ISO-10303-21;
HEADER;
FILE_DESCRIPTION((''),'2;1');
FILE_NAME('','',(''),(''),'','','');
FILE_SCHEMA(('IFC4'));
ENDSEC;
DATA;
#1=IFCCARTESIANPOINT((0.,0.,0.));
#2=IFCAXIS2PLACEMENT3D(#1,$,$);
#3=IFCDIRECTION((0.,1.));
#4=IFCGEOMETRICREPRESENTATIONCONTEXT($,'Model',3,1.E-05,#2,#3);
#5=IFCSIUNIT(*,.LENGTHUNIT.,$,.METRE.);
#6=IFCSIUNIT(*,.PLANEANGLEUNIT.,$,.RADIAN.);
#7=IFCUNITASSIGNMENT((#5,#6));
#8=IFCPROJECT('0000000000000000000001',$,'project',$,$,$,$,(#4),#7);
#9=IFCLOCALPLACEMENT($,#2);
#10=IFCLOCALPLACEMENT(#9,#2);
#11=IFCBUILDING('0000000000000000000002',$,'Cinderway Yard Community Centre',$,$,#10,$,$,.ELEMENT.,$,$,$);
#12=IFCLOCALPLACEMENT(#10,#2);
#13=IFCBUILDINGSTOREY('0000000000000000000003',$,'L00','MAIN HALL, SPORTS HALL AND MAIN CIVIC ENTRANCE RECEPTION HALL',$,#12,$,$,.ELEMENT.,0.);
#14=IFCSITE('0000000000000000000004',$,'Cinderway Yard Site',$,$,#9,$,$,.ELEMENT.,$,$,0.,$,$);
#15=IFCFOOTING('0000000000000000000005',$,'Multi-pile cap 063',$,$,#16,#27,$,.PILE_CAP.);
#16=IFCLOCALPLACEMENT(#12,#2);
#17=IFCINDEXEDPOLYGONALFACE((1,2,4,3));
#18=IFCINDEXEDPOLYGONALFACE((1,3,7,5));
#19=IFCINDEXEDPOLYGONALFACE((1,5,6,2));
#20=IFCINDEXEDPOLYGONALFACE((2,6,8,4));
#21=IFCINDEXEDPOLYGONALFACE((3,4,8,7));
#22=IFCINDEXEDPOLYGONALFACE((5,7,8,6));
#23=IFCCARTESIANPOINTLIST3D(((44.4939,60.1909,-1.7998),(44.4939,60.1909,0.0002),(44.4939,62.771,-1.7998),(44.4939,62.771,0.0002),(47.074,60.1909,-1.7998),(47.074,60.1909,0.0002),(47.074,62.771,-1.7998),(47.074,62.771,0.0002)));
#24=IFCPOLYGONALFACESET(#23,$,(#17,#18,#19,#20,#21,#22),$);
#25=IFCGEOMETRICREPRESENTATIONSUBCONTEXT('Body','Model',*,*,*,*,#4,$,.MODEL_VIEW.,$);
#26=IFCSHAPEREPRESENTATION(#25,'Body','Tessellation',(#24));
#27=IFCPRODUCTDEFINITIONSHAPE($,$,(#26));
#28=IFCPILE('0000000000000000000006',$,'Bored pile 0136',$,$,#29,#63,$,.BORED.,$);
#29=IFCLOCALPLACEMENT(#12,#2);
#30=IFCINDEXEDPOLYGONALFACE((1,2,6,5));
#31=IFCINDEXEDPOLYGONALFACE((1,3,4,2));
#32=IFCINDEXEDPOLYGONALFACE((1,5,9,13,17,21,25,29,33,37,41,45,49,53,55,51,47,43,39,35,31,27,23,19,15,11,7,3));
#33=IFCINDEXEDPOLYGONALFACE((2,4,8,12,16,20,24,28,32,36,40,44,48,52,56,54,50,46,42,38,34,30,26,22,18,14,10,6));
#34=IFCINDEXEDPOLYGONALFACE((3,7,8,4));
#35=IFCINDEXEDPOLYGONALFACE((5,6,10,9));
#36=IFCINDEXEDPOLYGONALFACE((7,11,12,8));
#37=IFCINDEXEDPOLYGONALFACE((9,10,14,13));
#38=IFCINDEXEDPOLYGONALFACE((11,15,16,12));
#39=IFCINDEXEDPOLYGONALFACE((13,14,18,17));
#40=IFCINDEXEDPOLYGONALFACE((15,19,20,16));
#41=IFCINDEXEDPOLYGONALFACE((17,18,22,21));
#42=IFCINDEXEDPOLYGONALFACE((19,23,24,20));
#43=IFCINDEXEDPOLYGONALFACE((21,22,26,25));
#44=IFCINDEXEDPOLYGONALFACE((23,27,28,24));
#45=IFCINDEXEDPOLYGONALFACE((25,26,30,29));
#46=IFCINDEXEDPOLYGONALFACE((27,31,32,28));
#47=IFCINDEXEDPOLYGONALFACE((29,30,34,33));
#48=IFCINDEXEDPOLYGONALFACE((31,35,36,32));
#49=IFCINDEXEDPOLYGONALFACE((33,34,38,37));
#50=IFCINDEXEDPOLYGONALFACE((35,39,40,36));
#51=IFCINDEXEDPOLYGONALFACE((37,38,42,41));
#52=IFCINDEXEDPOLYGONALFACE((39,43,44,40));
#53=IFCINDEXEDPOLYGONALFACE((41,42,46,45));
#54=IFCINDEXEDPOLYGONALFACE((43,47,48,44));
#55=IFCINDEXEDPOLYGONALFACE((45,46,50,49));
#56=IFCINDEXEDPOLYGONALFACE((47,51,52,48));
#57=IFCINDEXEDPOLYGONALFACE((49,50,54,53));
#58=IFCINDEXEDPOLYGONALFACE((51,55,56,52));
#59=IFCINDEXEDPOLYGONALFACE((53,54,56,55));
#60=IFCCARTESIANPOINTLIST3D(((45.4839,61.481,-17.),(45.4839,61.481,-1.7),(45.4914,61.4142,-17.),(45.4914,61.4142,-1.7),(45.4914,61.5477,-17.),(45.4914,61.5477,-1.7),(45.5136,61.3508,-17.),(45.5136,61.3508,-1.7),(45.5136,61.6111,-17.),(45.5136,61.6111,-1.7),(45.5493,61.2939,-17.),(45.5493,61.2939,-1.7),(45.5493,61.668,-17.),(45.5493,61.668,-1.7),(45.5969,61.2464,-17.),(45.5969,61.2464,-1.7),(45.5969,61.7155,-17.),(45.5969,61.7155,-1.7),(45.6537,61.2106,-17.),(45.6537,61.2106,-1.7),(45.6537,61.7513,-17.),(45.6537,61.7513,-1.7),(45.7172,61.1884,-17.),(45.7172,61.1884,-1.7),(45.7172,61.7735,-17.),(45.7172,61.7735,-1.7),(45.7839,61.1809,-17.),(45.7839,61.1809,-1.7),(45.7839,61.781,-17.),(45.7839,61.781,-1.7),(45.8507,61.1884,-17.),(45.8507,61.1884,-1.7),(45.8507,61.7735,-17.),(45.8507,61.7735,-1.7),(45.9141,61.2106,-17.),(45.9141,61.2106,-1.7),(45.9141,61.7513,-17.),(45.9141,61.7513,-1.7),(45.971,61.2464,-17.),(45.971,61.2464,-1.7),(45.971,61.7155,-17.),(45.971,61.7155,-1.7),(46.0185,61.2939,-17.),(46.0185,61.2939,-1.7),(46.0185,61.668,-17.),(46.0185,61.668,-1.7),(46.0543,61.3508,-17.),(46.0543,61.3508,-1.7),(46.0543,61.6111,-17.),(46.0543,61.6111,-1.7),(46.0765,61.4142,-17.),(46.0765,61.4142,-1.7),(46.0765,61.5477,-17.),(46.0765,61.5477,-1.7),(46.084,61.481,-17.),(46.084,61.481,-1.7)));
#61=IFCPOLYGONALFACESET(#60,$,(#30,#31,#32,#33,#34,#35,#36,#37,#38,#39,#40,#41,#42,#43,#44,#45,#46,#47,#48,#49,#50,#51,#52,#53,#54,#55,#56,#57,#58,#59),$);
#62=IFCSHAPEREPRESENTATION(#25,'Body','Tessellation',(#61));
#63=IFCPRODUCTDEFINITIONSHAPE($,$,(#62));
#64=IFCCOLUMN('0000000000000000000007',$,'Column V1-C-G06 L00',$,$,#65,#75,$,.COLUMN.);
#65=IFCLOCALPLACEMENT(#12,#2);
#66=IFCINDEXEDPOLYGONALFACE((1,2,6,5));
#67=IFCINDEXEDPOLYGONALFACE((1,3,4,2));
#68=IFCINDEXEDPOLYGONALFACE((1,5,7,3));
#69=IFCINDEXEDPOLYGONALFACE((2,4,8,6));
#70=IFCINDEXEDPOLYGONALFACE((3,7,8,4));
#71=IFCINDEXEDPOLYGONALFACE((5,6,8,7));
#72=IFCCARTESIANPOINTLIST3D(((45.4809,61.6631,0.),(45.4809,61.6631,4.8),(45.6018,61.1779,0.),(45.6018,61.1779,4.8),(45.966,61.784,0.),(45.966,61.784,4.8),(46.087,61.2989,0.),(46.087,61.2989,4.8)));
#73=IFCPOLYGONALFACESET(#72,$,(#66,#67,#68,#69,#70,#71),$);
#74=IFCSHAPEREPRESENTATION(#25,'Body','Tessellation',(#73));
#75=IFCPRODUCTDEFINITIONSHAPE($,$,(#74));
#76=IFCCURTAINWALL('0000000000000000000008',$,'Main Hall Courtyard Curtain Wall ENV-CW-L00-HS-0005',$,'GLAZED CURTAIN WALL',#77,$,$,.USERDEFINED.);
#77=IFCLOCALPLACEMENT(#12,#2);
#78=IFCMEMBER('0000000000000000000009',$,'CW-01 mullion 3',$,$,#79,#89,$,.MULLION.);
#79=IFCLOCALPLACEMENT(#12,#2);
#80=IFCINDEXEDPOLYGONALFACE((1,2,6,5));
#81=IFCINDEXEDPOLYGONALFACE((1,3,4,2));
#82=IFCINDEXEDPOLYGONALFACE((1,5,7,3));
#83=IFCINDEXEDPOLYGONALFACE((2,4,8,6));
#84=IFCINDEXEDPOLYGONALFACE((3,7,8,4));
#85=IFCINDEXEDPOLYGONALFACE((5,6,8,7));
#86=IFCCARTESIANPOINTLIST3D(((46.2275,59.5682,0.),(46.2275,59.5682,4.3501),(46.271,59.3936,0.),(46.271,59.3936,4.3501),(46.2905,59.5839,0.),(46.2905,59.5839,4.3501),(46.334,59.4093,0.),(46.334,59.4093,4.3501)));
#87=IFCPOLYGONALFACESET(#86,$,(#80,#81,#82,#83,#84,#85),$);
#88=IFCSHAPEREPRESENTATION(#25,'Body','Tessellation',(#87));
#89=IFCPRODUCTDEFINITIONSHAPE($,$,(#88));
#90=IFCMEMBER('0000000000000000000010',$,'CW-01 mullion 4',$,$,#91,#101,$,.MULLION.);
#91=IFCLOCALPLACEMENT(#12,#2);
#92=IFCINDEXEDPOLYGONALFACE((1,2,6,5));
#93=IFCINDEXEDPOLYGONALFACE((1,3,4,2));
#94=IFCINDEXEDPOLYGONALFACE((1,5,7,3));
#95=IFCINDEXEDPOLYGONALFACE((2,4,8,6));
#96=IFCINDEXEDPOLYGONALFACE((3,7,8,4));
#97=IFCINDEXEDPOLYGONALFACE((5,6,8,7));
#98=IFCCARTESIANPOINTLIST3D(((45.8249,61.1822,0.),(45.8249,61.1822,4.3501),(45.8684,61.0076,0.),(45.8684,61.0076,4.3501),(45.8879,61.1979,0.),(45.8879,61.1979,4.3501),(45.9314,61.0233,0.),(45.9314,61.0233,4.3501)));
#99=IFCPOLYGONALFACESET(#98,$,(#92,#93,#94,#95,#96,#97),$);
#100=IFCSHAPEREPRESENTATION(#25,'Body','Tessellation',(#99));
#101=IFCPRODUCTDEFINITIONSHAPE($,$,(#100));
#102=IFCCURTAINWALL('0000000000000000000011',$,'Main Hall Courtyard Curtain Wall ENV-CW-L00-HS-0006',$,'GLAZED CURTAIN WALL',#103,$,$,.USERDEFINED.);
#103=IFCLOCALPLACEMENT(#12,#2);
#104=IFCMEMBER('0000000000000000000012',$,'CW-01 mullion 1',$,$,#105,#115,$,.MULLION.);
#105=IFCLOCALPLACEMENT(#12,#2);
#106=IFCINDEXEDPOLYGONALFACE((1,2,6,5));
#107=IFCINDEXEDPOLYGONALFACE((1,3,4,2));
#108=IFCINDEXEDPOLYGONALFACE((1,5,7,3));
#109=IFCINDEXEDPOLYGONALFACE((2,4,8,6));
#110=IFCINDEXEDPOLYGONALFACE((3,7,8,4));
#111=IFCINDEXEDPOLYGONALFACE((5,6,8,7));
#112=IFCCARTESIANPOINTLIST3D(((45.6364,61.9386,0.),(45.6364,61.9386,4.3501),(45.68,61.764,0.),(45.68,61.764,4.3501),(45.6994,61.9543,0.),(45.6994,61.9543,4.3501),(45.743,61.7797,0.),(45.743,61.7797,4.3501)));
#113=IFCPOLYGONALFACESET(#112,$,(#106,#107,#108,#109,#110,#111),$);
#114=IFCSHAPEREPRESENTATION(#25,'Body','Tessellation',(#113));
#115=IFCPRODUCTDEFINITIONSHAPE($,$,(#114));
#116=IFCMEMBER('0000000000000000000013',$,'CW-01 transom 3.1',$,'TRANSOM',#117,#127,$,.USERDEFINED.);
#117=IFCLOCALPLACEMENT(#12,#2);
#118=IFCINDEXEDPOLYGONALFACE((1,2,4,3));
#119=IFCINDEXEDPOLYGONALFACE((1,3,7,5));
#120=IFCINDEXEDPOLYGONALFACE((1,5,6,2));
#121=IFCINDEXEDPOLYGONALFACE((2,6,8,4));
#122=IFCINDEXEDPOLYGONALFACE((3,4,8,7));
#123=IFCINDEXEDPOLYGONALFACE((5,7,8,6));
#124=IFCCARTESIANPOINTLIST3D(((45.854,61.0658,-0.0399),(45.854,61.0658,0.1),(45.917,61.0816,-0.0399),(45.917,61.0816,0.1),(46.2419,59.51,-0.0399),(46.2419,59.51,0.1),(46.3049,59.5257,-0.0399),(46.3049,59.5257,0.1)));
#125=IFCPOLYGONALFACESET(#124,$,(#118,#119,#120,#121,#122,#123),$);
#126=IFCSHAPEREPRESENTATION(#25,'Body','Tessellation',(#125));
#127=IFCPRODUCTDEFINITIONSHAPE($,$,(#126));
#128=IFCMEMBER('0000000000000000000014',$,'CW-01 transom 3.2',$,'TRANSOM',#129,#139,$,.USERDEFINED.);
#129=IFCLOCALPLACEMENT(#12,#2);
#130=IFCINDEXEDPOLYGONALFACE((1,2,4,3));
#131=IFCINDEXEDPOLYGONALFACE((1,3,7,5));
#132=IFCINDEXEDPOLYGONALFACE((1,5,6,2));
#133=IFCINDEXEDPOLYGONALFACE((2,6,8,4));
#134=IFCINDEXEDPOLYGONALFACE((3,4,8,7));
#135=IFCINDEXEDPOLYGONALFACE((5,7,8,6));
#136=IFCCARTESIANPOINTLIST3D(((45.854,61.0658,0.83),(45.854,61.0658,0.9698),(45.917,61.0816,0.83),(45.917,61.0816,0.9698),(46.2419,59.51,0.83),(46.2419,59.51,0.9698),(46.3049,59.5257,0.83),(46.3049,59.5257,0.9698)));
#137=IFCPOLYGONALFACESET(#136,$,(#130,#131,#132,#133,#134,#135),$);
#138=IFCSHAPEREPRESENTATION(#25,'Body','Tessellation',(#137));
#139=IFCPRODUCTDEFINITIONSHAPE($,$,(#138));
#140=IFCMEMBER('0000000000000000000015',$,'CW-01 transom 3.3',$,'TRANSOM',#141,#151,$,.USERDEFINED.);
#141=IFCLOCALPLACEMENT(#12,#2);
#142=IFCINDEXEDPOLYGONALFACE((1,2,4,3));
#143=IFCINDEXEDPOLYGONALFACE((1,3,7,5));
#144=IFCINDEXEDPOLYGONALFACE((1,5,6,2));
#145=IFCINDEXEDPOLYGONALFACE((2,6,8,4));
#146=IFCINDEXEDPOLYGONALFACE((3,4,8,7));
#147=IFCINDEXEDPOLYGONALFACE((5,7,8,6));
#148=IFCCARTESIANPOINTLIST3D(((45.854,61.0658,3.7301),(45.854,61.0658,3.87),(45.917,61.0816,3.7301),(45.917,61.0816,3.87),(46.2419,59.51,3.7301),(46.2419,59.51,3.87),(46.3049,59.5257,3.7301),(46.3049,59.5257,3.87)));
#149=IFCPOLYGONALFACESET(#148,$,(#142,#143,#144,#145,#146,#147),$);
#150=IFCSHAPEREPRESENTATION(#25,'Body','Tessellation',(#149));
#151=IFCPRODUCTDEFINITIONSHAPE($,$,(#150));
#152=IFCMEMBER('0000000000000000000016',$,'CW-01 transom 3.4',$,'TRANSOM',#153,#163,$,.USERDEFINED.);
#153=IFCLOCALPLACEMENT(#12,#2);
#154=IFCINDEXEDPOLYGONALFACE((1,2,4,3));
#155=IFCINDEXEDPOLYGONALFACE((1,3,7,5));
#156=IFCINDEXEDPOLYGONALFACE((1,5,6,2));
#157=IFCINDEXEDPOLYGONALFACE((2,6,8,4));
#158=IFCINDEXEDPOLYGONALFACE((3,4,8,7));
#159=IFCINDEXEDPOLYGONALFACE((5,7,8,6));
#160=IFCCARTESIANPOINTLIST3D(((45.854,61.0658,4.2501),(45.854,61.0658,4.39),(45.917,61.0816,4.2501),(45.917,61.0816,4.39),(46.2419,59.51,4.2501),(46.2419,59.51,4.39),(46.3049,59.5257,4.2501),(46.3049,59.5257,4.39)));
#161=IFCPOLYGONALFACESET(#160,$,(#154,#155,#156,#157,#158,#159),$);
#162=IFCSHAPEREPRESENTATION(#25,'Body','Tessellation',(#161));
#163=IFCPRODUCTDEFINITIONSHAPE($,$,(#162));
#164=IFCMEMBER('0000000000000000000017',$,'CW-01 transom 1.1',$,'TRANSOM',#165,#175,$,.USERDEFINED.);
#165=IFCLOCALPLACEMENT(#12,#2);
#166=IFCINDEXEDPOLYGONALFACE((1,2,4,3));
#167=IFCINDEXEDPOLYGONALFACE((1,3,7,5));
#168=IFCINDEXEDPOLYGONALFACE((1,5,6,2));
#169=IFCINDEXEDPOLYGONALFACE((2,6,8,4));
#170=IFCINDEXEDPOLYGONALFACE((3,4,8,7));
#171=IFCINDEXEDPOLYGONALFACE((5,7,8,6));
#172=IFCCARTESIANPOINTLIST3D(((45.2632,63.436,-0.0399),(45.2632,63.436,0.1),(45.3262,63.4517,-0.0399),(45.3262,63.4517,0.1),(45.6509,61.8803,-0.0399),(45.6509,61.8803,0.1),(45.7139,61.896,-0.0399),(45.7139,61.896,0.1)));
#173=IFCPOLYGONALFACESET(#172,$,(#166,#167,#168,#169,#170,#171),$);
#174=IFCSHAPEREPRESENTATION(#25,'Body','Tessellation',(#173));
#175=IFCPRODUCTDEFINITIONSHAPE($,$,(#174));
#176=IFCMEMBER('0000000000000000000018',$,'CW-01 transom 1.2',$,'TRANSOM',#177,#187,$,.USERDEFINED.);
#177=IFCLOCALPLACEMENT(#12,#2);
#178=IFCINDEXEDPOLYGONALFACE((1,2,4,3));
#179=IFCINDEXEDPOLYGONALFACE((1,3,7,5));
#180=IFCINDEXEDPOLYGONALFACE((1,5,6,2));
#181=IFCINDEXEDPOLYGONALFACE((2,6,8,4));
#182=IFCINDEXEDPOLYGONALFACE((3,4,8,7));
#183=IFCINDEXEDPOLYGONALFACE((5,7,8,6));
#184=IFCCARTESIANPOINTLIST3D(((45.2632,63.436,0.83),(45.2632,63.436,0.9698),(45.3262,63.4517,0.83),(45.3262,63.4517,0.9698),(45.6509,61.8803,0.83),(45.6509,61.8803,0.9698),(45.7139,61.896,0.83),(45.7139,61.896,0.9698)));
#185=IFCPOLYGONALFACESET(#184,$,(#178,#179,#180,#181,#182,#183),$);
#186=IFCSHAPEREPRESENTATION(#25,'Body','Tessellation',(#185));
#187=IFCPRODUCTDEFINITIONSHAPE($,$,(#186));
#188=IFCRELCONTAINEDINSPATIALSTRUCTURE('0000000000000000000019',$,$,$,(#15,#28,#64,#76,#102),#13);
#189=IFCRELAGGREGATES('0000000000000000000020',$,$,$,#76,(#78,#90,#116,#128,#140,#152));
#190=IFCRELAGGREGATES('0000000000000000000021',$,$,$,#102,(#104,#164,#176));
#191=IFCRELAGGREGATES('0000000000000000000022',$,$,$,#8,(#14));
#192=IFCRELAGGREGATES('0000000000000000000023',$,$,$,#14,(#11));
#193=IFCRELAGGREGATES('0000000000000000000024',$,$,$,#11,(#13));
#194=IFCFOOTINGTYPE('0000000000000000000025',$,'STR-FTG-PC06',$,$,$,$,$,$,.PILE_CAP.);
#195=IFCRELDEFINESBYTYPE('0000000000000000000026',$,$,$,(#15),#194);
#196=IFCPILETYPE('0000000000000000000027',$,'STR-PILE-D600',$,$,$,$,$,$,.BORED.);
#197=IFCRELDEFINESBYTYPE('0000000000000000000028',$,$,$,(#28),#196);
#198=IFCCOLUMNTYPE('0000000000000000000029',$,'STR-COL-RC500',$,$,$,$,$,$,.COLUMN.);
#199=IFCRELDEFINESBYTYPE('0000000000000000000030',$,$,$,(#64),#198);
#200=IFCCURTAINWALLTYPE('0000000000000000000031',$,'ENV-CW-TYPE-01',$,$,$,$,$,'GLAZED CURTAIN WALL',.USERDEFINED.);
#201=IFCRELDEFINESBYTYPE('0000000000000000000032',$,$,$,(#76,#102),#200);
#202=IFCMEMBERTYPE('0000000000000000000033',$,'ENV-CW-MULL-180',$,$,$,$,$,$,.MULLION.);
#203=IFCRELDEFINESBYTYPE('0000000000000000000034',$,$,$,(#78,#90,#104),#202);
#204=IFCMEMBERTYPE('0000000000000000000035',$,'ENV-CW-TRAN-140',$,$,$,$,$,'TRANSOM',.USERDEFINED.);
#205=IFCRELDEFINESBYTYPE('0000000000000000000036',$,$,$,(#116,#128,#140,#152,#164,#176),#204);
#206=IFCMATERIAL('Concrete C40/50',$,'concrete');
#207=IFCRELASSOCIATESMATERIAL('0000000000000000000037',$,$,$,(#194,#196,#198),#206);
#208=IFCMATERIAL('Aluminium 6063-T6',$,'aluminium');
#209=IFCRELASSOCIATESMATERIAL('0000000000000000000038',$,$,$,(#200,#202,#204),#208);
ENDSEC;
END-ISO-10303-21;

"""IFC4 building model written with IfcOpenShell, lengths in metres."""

from ifc_helpers import new_model, si_unit, direction, frame, origin, origin_2d, place, context, subcontext, project, spatial, rectangle, circle, extrude, material, material_profile, profile_set, type_object, element, aggregate, save


model = new_model("IFC4")

# Units and contexts
model_context = context("Model", 3, precision=1e-05, world=origin(), true_north=direction((0.0, 1.0)))
body_context = subcontext(model_context, "Body", "Model", "MODEL_VIEW")
ifc_project = project(units=[si_unit("LENGTHUNIT", "METRE"), si_unit("PLANEANGLEUNIT", "RADIAN")], contexts=[model_context])

# Site, building, storey
site_placement = place(None, origin())
site = spatial("IfcSite", under=ifc_project, at=site_placement, Name="Cinderway Yard Site", CompositionType="ELEMENT", RefElevation=0.0)
building_placement = place(site_placement, origin())
building = spatial("IfcBuilding", under=site, at=building_placement, Name="Cinderway Yard Community Centre", CompositionType="ELEMENT")
storey_placement = place(building_placement, origin())
storey = spatial("IfcBuildingStorey", under=building, at=storey_placement, Name="L00", Description="MAIN HALL, SPORTS HALL AND MAIN CIVIC ENTRANCE RECEPTION HALL", CompositionType="ELEMENT", Elevation=0.0)

# Footing
ifc_material_1 = material(Name="Concrete C40/50", Category="concrete")
footing_type = type_object("IfcFootingType", Name="STR-FTG-PC06", PredefinedType="PILE_CAP", material=ifc_material_1)
footing_placement = place(storey_placement, frame((45.7839, 61.481, -1.7998), z_axis=(0.0, 0.0, 1.0), x_axis=(1.0, 0.0, 0.0)))
element("IfcFooting", 1, at=footing_placement, inside=storey, type_object=footing_type, Name="Multi-pile cap 063", PredefinedType="PILE_CAP", context=body_context, shape_type="SweptSolid", body=[
    extrude(rectangle(XDim=2.5801, YDim=2.5801, at=origin_2d()), origin(), (0.0, 0.0, 1.0), 1.8),
])

# Pile
ifc_material_profile_1 = material_profile(ifc_material_1, circle(Radius=0.3, at=origin_2d()), Name="Concrete C40/50")
ifc_profile_set_1 = profile_set([ifc_material_profile_1], Name="Concrete C40/50")
pile_type = type_object("IfcPileType", Name="STR-PILE-D600", PredefinedType="BORED", material=ifc_profile_set_1)
pile_placement = place(storey_placement, frame((45.7839, 61.481, -1.7), z_axis=(0.0, 0.0, -1.0), x_axis=(1.0, 0.0, 0.0)))
element("IfcPile", 2, at=pile_placement, inside=storey, type_object=pile_type, Name="Bored pile 0136", PredefinedType="BORED", context=body_context, shape_type="SweptSolid", body=[
    extrude(circle(Radius=0.3, at=origin_2d()), origin(), (0.0, 0.0, 1.0), 15.3),
])

# Column
ifc_material_profile_2 = material_profile(ifc_material_1, rectangle(XDim=0.5, YDim=0.5, at=origin_2d()), Name="Concrete C40/50")
ifc_profile_set_2 = profile_set([ifc_material_profile_2], Name="Concrete C40/50")
column_type = type_object("IfcColumnType", Name="STR-COL-RC500", PredefinedType="COLUMN", material=ifc_profile_set_2)
column_placement = place(storey_placement, frame((45.7839, 61.481, 0.0), z_axis=(0.0, 0.0, 1.0), x_axis=(0.970296, 0.241922, 0.0)))
element("IfcColumn", 3, at=column_placement, inside=storey, type_object=column_type, Name="Column V1-C-G06 L00", PredefinedType="COLUMN", context=body_context, shape_type="SweptSolid", body=[
    extrude(rectangle(XDim=0.5, YDim=0.5, at=origin_2d()), origin(), (0.0, 0.0, 1.0), 4.8),
])

# Curtain wall, members
ifc_material_2 = material(Name="Aluminium 6063-T6", Category="aluminium")
curtain_wall_type = type_object("IfcCurtainWallType", Name="ENV-CW-TYPE-01", ElementType="GLAZED CURTAIN WALL", PredefinedType="USERDEFINED", material=ifc_material_2)
curtain_wall_1_placement = place(storey_placement, origin())
curtain_wall_1 = element("IfcCurtainWall", 4, at=curtain_wall_1_placement, inside=storey, type_object=curtain_wall_type, Name="Main Hall Courtyard Curtain Wall ENV-CW-L00-HS-0005", ObjectType="GLAZED CURTAIN WALL", PredefinedType="USERDEFINED")
ifc_material_profile_3 = material_profile(ifc_material_2, rectangle(XDim=0.0649, YDim=0.1799, at=origin_2d()), Name="Aluminium 6063-T6")
ifc_profile_set_3 = profile_set([ifc_material_profile_3], Name="Aluminium 6063-T6")
member_type_1 = type_object("IfcMemberType", Name="ENV-CW-MULL-180", PredefinedType="MULLION", material=ifc_profile_set_3)
member_1_placement = place(storey_placement, frame((46.2808, 59.4888, 0.0), z_axis=(0.0, 0.0, 1.0), x_axis=(-0.970304, -0.241887, 0.0)))
member_1 = element("IfcMember", 5, at=member_1_placement, type_object=member_type_1, Name="CW-01 mullion 3", PredefinedType="MULLION", context=body_context, shape_type="SweptSolid", body=[
    extrude(rectangle(XDim=0.0649, YDim=0.1799, at=origin_2d()), origin(), (0.0, 0.0, 1.0), 4.3501),
])
member_2_placement = place(storey_placement, frame((45.8782, 61.1028, 0.0), z_axis=(0.0, 0.0, 1.0), x_axis=(-0.970304, -0.241887, 0.0)))
member_2 = element("IfcMember", 6, at=member_2_placement, type_object=member_type_1, Name="CW-01 mullion 4", PredefinedType="MULLION", context=body_context, shape_type="SweptSolid", body=[
    extrude(rectangle(XDim=0.0649, YDim=0.1799, at=origin_2d()), origin(), (0.0, 0.0, 1.0), 4.3501),
])

# Curtain wall, member
curtain_wall_2_placement = place(storey_placement, origin())
curtain_wall_2 = element("IfcCurtainWall", 7, at=curtain_wall_2_placement, inside=storey, type_object=curtain_wall_type, Name="Main Hall Courtyard Curtain Wall ENV-CW-L00-HS-0006", ObjectType="GLAZED CURTAIN WALL", PredefinedType="USERDEFINED")
member_3_placement = place(storey_placement, frame((45.6897, 61.8591, 0.0), z_axis=(0.0, 0.0, 1.0), x_axis=(-0.970293, -0.241933, 0.0)))
member_3 = element("IfcMember", 8, at=member_3_placement, type_object=member_type_1, Name="CW-01 mullion 1", PredefinedType="MULLION", context=body_context, shape_type="SweptSolid", body=[
    extrude(rectangle(XDim=0.0649, YDim=0.1799, at=origin_2d()), origin(), (0.0, 0.0, 1.0), 4.3501),
])

# Members
ifc_material_profile_4 = material_profile(ifc_material_2, rectangle(XDim=0.0649, YDim=0.1399, at=origin_2d()), Name="Aluminium 6063-T6")
ifc_profile_set_4 = profile_set([ifc_material_profile_4], Name="Aluminium 6063-T6")
member_type_2 = type_object("IfcMemberType", Name="ENV-CW-TRAN-140", ElementType="TRANSOM", PredefinedType="USERDEFINED", material=ifc_profile_set_4)
member_4_placement = place(storey_placement, frame((46.2734, 59.5178, 0.03), z_axis=(-0.241927, 0.970295, 0.0), x_axis=(-0.970295, -0.241927, 0.0)))
member_4 = element("IfcMember", 9, at=member_4_placement, type_object=member_type_2, Name="CW-01 transom 3.1", ObjectType="TRANSOM", PredefinedType="USERDEFINED", context=body_context, shape_type="SweptSolid", body=[
    extrude(rectangle(XDim=0.0649, YDim=0.1399, at=origin_2d()), origin(), (0.0, 0.0, 1.0), 1.6035),
])
member_5_placement = place(storey_placement, frame((46.2734, 59.5178, 0.8999), z_axis=(-0.241927, 0.970295, 0.0), x_axis=(-0.970295, -0.241927, 0.0)))
member_5 = element("IfcMember", 10, at=member_5_placement, type_object=member_type_2, Name="CW-01 transom 3.2", ObjectType="TRANSOM", PredefinedType="USERDEFINED", context=body_context, shape_type="SweptSolid", body=[
    extrude(rectangle(XDim=0.0649, YDim=0.1399, at=origin_2d()), origin(), (0.0, 0.0, 1.0), 1.6035),
])
member_6_placement = place(storey_placement, frame((46.2734, 59.5178, 3.8), z_axis=(-0.241927, 0.970295, 0.0), x_axis=(-0.970295, -0.241927, 0.0)))
member_6 = element("IfcMember", 11, at=member_6_placement, type_object=member_type_2, Name="CW-01 transom 3.3", ObjectType="TRANSOM", PredefinedType="USERDEFINED", context=body_context, shape_type="SweptSolid", body=[
    extrude(rectangle(XDim=0.0649, YDim=0.1399, at=origin_2d()), origin(), (0.0, 0.0, 1.0), 1.6035),
])
member_7_placement = place(storey_placement, frame((46.2734, 59.5178, 4.3201), z_axis=(-0.241927, 0.970295, 0.0), x_axis=(-0.970295, -0.241927, 0.0)))
member_7 = element("IfcMember", 12, at=member_7_placement, type_object=member_type_2, Name="CW-01 transom 3.4", ObjectType="TRANSOM", PredefinedType="USERDEFINED", context=body_context, shape_type="SweptSolid", body=[
    extrude(rectangle(XDim=0.0649, YDim=0.1399, at=origin_2d()), origin(), (0.0, 0.0, 1.0), 1.6035),
])
member_8_placement = place(storey_placement, frame((45.6824, 61.8882, 0.03), z_axis=(-0.241819, 0.970321, 0.0), x_axis=(-0.970321, -0.241819, 0.0)))
member_8 = element("IfcMember", 13, at=member_8_placement, type_object=member_type_2, Name="CW-01 transom 1.1", ObjectType="TRANSOM", PredefinedType="USERDEFINED", context=body_context, shape_type="SweptSolid", body=[
    extrude(rectangle(XDim=0.0649, YDim=0.1399, at=origin_2d()), origin(), (0.0, 0.0, 1.0), 1.6033),
])
member_9_placement = place(storey_placement, frame((45.6824, 61.8882, 0.8999), z_axis=(-0.241819, 0.970321, 0.0), x_axis=(-0.970321, -0.241819, 0.0)))
member_9 = element("IfcMember", 14, at=member_9_placement, type_object=member_type_2, Name="CW-01 transom 1.2", ObjectType="TRANSOM", PredefinedType="USERDEFINED", context=body_context, shape_type="SweptSolid", body=[
    extrude(rectangle(XDim=0.0649, YDim=0.1399, at=origin_2d()), origin(), (0.0, 0.0, 1.0), 1.6033),
])

aggregate(curtain_wall_1, [member_1, member_2, member_4, member_5, member_6, member_7])
aggregate(curtain_wall_2, [member_3, member_8, member_9])

save(model, "model.ifc")
